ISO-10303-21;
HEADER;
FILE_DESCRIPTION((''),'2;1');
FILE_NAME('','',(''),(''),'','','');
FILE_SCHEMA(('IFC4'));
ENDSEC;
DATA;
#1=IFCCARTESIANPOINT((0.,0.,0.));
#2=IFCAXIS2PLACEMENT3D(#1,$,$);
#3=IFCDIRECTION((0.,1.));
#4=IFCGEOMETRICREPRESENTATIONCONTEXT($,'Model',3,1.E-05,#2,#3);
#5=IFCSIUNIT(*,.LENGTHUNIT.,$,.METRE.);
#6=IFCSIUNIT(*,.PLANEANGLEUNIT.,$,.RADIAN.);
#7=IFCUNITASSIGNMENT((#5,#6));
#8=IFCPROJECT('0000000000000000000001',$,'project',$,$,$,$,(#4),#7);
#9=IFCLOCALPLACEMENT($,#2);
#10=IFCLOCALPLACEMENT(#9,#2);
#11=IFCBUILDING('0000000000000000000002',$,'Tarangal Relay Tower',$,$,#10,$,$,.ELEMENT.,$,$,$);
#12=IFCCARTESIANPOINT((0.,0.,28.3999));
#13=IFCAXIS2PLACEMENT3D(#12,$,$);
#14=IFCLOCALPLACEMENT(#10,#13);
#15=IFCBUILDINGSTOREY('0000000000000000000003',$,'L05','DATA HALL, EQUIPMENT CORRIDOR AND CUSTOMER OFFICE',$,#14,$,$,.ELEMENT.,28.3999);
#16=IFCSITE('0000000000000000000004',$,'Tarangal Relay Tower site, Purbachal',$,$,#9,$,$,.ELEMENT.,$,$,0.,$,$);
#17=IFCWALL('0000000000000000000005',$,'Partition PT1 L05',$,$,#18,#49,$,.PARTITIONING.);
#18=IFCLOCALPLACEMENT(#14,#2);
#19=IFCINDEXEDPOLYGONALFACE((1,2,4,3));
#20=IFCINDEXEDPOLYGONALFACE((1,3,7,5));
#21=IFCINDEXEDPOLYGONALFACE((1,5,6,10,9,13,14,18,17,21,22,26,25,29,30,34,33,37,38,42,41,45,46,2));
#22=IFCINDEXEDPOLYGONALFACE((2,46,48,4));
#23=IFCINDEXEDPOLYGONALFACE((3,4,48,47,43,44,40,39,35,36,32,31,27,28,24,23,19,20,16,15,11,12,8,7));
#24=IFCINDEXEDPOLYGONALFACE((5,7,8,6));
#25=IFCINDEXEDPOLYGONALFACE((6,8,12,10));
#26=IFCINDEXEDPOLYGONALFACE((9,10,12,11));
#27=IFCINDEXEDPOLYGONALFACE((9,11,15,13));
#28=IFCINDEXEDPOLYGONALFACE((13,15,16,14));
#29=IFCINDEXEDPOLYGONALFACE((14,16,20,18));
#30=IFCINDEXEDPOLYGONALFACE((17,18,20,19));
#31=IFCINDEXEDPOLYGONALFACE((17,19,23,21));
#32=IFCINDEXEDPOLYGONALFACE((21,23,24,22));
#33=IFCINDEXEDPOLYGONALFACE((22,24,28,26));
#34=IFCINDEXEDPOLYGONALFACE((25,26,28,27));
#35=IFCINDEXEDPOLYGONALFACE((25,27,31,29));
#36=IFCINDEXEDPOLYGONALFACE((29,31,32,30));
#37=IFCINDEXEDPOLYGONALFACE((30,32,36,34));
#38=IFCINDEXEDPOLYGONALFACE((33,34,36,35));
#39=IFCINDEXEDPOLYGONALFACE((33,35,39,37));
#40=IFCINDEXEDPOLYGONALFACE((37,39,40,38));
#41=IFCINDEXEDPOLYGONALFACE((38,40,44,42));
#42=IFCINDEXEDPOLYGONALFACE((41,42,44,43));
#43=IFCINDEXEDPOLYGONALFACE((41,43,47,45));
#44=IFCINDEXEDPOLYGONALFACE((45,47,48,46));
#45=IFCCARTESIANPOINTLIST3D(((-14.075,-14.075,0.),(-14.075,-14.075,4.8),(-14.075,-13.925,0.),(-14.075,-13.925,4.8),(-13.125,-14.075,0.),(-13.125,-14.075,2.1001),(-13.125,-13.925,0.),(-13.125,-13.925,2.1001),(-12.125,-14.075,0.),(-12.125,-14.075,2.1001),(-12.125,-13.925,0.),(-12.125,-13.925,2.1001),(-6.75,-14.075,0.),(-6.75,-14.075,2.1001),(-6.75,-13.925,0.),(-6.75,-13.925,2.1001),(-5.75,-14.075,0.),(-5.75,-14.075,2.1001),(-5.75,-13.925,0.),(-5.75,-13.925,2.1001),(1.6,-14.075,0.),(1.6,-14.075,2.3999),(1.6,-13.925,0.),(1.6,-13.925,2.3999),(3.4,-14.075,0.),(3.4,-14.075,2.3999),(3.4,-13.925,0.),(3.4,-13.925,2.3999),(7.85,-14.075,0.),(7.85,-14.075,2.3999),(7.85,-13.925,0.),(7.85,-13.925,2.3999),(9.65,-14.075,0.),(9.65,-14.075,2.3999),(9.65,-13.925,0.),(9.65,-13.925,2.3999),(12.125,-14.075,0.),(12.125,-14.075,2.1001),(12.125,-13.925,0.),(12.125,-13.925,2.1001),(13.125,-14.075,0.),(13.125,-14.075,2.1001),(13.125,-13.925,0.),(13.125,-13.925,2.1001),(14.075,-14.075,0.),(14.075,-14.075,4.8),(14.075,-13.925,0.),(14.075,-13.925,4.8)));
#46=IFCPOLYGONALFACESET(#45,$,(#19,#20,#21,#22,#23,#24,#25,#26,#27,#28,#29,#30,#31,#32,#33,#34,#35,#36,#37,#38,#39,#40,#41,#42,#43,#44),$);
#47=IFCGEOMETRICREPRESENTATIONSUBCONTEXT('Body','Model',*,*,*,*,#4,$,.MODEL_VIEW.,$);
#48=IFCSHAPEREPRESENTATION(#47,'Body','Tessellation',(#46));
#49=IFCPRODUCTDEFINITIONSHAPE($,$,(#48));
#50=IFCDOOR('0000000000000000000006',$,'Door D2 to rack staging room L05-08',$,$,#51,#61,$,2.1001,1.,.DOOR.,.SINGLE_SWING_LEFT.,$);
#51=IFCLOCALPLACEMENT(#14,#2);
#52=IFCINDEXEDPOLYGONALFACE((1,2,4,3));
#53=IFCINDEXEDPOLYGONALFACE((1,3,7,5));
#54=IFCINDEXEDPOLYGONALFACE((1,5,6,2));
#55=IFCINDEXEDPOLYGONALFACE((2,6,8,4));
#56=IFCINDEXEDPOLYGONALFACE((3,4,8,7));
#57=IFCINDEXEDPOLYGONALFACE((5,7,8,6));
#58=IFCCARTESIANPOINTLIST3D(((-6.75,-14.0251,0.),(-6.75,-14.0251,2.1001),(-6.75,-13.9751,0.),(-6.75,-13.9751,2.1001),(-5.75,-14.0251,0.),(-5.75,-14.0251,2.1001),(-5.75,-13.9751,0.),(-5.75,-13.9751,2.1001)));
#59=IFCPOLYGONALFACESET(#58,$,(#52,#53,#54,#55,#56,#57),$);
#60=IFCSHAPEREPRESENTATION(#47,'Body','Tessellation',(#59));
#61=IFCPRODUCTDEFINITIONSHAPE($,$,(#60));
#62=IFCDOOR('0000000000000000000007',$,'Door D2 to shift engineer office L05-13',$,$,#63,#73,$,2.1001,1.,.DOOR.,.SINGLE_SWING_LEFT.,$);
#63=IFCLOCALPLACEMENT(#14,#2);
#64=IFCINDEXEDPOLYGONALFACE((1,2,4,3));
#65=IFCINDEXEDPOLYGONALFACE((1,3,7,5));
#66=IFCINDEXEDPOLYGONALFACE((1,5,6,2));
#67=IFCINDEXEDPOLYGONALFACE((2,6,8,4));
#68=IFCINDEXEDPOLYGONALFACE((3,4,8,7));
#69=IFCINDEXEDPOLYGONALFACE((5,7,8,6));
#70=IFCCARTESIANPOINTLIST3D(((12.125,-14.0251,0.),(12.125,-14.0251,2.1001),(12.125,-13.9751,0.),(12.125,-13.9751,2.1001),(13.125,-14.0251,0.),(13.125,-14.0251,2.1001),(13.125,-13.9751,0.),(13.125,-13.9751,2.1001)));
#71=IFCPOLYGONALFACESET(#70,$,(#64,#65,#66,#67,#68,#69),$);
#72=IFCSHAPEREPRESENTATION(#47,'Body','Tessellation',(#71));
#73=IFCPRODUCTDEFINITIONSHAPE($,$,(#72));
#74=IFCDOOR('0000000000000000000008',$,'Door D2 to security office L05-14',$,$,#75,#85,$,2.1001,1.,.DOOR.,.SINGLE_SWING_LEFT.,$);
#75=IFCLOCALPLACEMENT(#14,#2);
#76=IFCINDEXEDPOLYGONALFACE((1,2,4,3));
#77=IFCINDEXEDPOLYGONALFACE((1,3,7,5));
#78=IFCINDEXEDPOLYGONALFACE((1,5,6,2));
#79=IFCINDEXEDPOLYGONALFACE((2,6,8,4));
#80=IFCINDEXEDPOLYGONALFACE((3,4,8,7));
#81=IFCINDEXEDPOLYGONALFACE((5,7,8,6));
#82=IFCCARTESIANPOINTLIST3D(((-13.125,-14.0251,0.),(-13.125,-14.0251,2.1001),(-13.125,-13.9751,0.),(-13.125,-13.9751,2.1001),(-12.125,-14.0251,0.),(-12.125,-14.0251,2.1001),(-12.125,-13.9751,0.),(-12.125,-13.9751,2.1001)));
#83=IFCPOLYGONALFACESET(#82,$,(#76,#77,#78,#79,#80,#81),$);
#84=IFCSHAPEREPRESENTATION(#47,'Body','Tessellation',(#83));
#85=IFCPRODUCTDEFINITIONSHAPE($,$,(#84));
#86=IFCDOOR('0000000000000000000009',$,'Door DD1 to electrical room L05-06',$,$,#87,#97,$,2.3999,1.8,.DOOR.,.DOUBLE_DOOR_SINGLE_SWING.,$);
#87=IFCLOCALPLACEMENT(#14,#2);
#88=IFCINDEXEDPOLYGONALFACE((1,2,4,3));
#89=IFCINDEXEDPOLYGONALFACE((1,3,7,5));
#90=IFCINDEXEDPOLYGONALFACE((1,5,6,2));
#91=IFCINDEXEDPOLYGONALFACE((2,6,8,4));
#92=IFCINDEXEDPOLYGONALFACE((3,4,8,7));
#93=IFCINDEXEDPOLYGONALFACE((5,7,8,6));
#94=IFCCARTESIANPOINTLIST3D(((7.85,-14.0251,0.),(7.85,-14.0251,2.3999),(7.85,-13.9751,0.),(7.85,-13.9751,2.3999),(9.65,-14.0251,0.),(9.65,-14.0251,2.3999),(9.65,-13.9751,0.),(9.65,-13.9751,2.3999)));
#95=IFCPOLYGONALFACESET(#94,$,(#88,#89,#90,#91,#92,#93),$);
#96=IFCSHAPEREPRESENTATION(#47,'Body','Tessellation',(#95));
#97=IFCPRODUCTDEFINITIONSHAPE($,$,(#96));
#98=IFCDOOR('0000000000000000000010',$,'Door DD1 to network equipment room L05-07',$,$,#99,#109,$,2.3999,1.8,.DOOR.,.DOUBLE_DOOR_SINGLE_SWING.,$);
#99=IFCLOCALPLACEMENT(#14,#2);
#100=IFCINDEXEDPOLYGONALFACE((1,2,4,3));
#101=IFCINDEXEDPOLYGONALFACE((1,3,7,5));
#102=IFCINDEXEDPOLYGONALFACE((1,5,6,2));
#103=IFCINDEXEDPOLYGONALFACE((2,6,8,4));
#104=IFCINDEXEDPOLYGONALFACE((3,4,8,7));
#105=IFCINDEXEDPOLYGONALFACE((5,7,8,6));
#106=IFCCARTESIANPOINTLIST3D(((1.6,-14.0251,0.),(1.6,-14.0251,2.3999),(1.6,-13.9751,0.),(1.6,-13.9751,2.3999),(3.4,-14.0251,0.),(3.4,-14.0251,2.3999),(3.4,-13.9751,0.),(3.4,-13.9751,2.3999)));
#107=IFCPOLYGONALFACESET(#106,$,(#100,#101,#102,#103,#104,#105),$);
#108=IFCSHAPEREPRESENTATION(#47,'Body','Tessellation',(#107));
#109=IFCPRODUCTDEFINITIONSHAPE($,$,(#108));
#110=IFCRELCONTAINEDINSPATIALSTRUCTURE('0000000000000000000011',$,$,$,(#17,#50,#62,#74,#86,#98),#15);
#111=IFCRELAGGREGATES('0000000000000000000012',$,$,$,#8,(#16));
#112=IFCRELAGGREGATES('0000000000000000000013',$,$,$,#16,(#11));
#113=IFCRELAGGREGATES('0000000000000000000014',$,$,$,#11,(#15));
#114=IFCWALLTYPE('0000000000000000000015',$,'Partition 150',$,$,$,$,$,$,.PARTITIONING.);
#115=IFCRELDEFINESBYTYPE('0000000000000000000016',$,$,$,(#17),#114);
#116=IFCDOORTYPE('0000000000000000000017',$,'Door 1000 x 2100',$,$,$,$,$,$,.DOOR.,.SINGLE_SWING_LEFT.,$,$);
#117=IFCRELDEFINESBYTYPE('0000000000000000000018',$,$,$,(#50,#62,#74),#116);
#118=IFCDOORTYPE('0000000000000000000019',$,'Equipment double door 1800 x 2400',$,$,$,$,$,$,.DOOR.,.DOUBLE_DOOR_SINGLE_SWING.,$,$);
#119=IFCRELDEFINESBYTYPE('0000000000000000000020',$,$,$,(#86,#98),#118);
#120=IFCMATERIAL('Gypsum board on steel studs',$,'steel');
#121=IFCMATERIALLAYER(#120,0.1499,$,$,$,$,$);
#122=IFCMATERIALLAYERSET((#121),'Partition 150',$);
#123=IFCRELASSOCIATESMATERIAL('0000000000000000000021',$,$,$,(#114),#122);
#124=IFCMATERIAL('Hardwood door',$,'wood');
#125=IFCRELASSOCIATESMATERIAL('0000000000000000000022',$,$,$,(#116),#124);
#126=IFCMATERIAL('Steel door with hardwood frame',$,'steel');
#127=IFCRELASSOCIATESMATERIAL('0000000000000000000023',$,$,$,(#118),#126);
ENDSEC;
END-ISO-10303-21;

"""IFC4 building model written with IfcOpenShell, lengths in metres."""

from ifc_helpers import new_model, si_unit, direction, frame, frame_2d, origin, place, context, subcontext, project, spatial, rectangle, extrude, material, layer, layer_set, type_object, element, fill, save


model = new_model("IFC4")

# Units and contexts
model_context = context("Model", 3, precision=1e-05, world=origin(), true_north=direction((0.0, 1.0)))
body_context = subcontext(model_context, "Body", "Model", "MODEL_VIEW")
ifc_project = project(units=[si_unit("LENGTHUNIT", "METRE"), si_unit("PLANEANGLEUNIT", "RADIAN")], contexts=[model_context])

# Site, building, storey
site_placement = place(None, origin())
site = spatial("IfcSite", under=ifc_project, at=site_placement, Name="Tarangal Relay Tower site, Purbachal", CompositionType="ELEMENT", RefElevation=0.0)
building_placement = place(site_placement, origin())
building = spatial("IfcBuilding", under=site, at=building_placement, Name="Tarangal Relay Tower", CompositionType="ELEMENT")
storey_placement = place(building_placement, frame((0.0, 0.0, 28.3999)))
storey = spatial("IfcBuildingStorey", under=building, at=storey_placement, Name="L05", Description="DATA HALL, EQUIPMENT CORRIDOR AND CUSTOMER OFFICE", CompositionType="ELEMENT", Elevation=28.3999)

# Wall, openings, doors
ifc_material_1 = material(Name="Gypsum board on steel studs", Category="steel")
ifc_layer_1 = layer(ifc_material_1, 0.1499)
ifc_layer_set_1 = layer_set([ifc_layer_1], Name="Partition 150")
wall_type_1 = type_object("IfcWallType", Name="Partition 150", PredefinedType="PARTITIONING", material=ifc_layer_set_1)
wall_1_placement = place(storey_placement, frame((-14.075, -14.0, 0.0), z_axis=(0.0, 0.0, 1.0), x_axis=(1.0, 0.0, 0.0)))
wall_1 = element("IfcWall", 1, at=wall_1_placement, inside=storey, type_object=wall_type_1, Name="Partition PT1 L05", PredefinedType="PARTITIONING", context=body_context, shape_type="SweptSolid", body=[
    extrude(rectangle(XDim=28.1499, YDim=0.1499, at=frame_2d((14.075, 0.0))), origin(), (0.0, 0.0, 1.0), 4.8),
])
opening_1_placement = place(wall_1_placement, frame((21.925, 0.0, 0.0)))
opening_1 = element("IfcOpeningElement", 2, at=opening_1_placement, cuts=wall_1, PredefinedType="OPENING", context=body_context, shape_type="SweptSolid", body=[
    extrude(rectangle(XDim=1.8, YDim=2.3999, at=frame_2d((0.8999, 1.2))), frame((0.0, 0.085, 0.0), z_axis=(0.0, -1.0, 0.0), x_axis=(1.0, 0.0, 0.0)), (0.0, 0.0, 1.0), 0.1699),
])
opening_2_placement = place(wall_1_placement, frame((15.675, 0.0, 0.0)))
opening_2 = element("IfcOpeningElement", 3, at=opening_2_placement, cuts=wall_1, PredefinedType="OPENING", context=body_context, shape_type="SweptSolid", body=[
    extrude(rectangle(XDim=1.8, YDim=2.3999, at=frame_2d((0.8999, 1.2))), frame((0.0, 0.085, 0.0), z_axis=(0.0, -1.0, 0.0), x_axis=(1.0, 0.0, 0.0)), (0.0, 0.0, 1.0), 0.1699),
])
opening_3_placement = place(wall_1_placement, frame((7.325, 0.0, 0.0)))
opening_3 = element("IfcOpeningElement", 4, at=opening_3_placement, cuts=wall_1, PredefinedType="OPENING", context=body_context, shape_type="SweptSolid", body=[
    extrude(rectangle(XDim=1.0, YDim=2.1001, at=frame_2d((0.5, 1.05))), frame((0.0, 0.085, 0.0), z_axis=(0.0, -1.0, 0.0), x_axis=(1.0, 0.0, 0.0)), (0.0, 0.0, 1.0), 0.1699),
])
opening_4_placement = place(wall_1_placement, frame((26.2, 0.0, 0.0)))
opening_4 = element("IfcOpeningElement", 5, at=opening_4_placement, cuts=wall_1, PredefinedType="OPENING", context=body_context, shape_type="SweptSolid", body=[
    extrude(rectangle(XDim=1.0, YDim=2.1001, at=frame_2d((0.5, 1.05))), frame((0.0, 0.085, 0.0), z_axis=(0.0, -1.0, 0.0), x_axis=(1.0, 0.0, 0.0)), (0.0, 0.0, 1.0), 0.1699),
])
opening_5_placement = place(wall_1_placement, frame((0.95, 0.0, 0.0)))
opening_5 = element("IfcOpeningElement", 6, at=opening_5_placement, cuts=wall_1, PredefinedType="OPENING", context=body_context, shape_type="SweptSolid", body=[
    extrude(rectangle(XDim=1.0, YDim=2.1001, at=frame_2d((0.5, 1.05))), frame((0.0, 0.085, 0.0), z_axis=(0.0, -1.0, 0.0), x_axis=(1.0, 0.0, 0.0)), (0.0, 0.0, 1.0), 0.1699),
])
ifc_material_2 = material(Name="Hardwood door", Category="wood")
door_type_1 = type_object("IfcDoorType", Name="Door 1000 x 2100", OperationType="SINGLE_SWING_LEFT", PredefinedType="DOOR", material=ifc_material_2)
door_1_placement = place(opening_3_placement, origin())
door_1 = element("IfcDoor", 7, at=door_1_placement, inside=storey, type_object=door_type_1, Name="Door D2 to rack staging room L05-08", OperationType="SINGLE_SWING_LEFT", OverallHeight=2.1001, OverallWidth=1.0, PredefinedType="DOOR", context=body_context, shape_type="SweptSolid", body=[
    extrude(rectangle(XDim=1.0, YDim=2.1001, at=frame_2d((0.5, 1.05))), frame((0.0, 0.0249, 0.0), z_axis=(0.0, -1.0, 0.0), x_axis=(1.0, 0.0, 0.0)), (0.0, 0.0, 1.0), 0.05),
])
fill(opening_3, door_1)
door_2_placement = place(opening_4_placement, origin())
door_2 = element("IfcDoor", 8, at=door_2_placement, inside=storey, type_object=door_type_1, Name="Door D2 to shift engineer office L05-13", OperationType="SINGLE_SWING_LEFT", OverallHeight=2.1001, OverallWidth=1.0, PredefinedType="DOOR", context=body_context, shape_type="SweptSolid", body=[
    extrude(rectangle(XDim=1.0, YDim=2.1001, at=frame_2d((0.5, 1.05))), frame((0.0, 0.0249, 0.0), z_axis=(0.0, -1.0, 0.0), x_axis=(1.0, 0.0, 0.0)), (0.0, 0.0, 1.0), 0.05),
])
fill(opening_4, door_2)
door_3_placement = place(opening_5_placement, origin())
door_3 = element("IfcDoor", 9, at=door_3_placement, inside=storey, type_object=door_type_1, Name="Door D2 to security office L05-14", OperationType="SINGLE_SWING_LEFT", OverallHeight=2.1001, OverallWidth=1.0, PredefinedType="DOOR", context=body_context, shape_type="SweptSolid", body=[
    extrude(rectangle(XDim=1.0, YDim=2.1001, at=frame_2d((0.5, 1.05))), frame((0.0, 0.0249, 0.0), z_axis=(0.0, -1.0, 0.0), x_axis=(1.0, 0.0, 0.0)), (0.0, 0.0, 1.0), 0.05),
])
fill(opening_5, door_3)
ifc_material_3 = material(Name="Steel door with hardwood frame", Category="steel")
door_type_2 = type_object("IfcDoorType", Name="Equipment double door 1800 x 2400", OperationType="DOUBLE_DOOR_SINGLE_SWING", PredefinedType="DOOR", material=ifc_material_3)
door_4_placement = place(opening_1_placement, origin())
door_4 = element("IfcDoor", 10, at=door_4_placement, inside=storey, type_object=door_type_2, Name="Door DD1 to electrical room L05-06", OperationType="DOUBLE_DOOR_SINGLE_SWING", OverallHeight=2.3999, OverallWidth=1.8, PredefinedType="DOOR", context=body_context, shape_type="SweptSolid", body=[
    extrude(rectangle(XDim=1.8, YDim=2.3999, at=frame_2d((0.8999, 1.2))), frame((0.0, 0.0249, 0.0), z_axis=(0.0, -1.0, 0.0), x_axis=(1.0, 0.0, 0.0)), (0.0, 0.0, 1.0), 0.05),
])
fill(opening_1, door_4)
door_5_placement = place(opening_2_placement, origin())
door_5 = element("IfcDoor", 11, at=door_5_placement, inside=storey, type_object=door_type_2, Name="Door DD1 to network equipment room L05-07", OperationType="DOUBLE_DOOR_SINGLE_SWING", OverallHeight=2.3999, OverallWidth=1.8, PredefinedType="DOOR", context=body_context, shape_type="SweptSolid", body=[
    extrude(rectangle(XDim=1.8, YDim=2.3999, at=frame_2d((0.8999, 1.2))), frame((0.0, 0.0249, 0.0), z_axis=(0.0, -1.0, 0.0), x_axis=(1.0, 0.0, 0.0)), (0.0, 0.0, 1.0), 0.05),
])
fill(opening_2, door_5)

save(model, "model.ifc")
